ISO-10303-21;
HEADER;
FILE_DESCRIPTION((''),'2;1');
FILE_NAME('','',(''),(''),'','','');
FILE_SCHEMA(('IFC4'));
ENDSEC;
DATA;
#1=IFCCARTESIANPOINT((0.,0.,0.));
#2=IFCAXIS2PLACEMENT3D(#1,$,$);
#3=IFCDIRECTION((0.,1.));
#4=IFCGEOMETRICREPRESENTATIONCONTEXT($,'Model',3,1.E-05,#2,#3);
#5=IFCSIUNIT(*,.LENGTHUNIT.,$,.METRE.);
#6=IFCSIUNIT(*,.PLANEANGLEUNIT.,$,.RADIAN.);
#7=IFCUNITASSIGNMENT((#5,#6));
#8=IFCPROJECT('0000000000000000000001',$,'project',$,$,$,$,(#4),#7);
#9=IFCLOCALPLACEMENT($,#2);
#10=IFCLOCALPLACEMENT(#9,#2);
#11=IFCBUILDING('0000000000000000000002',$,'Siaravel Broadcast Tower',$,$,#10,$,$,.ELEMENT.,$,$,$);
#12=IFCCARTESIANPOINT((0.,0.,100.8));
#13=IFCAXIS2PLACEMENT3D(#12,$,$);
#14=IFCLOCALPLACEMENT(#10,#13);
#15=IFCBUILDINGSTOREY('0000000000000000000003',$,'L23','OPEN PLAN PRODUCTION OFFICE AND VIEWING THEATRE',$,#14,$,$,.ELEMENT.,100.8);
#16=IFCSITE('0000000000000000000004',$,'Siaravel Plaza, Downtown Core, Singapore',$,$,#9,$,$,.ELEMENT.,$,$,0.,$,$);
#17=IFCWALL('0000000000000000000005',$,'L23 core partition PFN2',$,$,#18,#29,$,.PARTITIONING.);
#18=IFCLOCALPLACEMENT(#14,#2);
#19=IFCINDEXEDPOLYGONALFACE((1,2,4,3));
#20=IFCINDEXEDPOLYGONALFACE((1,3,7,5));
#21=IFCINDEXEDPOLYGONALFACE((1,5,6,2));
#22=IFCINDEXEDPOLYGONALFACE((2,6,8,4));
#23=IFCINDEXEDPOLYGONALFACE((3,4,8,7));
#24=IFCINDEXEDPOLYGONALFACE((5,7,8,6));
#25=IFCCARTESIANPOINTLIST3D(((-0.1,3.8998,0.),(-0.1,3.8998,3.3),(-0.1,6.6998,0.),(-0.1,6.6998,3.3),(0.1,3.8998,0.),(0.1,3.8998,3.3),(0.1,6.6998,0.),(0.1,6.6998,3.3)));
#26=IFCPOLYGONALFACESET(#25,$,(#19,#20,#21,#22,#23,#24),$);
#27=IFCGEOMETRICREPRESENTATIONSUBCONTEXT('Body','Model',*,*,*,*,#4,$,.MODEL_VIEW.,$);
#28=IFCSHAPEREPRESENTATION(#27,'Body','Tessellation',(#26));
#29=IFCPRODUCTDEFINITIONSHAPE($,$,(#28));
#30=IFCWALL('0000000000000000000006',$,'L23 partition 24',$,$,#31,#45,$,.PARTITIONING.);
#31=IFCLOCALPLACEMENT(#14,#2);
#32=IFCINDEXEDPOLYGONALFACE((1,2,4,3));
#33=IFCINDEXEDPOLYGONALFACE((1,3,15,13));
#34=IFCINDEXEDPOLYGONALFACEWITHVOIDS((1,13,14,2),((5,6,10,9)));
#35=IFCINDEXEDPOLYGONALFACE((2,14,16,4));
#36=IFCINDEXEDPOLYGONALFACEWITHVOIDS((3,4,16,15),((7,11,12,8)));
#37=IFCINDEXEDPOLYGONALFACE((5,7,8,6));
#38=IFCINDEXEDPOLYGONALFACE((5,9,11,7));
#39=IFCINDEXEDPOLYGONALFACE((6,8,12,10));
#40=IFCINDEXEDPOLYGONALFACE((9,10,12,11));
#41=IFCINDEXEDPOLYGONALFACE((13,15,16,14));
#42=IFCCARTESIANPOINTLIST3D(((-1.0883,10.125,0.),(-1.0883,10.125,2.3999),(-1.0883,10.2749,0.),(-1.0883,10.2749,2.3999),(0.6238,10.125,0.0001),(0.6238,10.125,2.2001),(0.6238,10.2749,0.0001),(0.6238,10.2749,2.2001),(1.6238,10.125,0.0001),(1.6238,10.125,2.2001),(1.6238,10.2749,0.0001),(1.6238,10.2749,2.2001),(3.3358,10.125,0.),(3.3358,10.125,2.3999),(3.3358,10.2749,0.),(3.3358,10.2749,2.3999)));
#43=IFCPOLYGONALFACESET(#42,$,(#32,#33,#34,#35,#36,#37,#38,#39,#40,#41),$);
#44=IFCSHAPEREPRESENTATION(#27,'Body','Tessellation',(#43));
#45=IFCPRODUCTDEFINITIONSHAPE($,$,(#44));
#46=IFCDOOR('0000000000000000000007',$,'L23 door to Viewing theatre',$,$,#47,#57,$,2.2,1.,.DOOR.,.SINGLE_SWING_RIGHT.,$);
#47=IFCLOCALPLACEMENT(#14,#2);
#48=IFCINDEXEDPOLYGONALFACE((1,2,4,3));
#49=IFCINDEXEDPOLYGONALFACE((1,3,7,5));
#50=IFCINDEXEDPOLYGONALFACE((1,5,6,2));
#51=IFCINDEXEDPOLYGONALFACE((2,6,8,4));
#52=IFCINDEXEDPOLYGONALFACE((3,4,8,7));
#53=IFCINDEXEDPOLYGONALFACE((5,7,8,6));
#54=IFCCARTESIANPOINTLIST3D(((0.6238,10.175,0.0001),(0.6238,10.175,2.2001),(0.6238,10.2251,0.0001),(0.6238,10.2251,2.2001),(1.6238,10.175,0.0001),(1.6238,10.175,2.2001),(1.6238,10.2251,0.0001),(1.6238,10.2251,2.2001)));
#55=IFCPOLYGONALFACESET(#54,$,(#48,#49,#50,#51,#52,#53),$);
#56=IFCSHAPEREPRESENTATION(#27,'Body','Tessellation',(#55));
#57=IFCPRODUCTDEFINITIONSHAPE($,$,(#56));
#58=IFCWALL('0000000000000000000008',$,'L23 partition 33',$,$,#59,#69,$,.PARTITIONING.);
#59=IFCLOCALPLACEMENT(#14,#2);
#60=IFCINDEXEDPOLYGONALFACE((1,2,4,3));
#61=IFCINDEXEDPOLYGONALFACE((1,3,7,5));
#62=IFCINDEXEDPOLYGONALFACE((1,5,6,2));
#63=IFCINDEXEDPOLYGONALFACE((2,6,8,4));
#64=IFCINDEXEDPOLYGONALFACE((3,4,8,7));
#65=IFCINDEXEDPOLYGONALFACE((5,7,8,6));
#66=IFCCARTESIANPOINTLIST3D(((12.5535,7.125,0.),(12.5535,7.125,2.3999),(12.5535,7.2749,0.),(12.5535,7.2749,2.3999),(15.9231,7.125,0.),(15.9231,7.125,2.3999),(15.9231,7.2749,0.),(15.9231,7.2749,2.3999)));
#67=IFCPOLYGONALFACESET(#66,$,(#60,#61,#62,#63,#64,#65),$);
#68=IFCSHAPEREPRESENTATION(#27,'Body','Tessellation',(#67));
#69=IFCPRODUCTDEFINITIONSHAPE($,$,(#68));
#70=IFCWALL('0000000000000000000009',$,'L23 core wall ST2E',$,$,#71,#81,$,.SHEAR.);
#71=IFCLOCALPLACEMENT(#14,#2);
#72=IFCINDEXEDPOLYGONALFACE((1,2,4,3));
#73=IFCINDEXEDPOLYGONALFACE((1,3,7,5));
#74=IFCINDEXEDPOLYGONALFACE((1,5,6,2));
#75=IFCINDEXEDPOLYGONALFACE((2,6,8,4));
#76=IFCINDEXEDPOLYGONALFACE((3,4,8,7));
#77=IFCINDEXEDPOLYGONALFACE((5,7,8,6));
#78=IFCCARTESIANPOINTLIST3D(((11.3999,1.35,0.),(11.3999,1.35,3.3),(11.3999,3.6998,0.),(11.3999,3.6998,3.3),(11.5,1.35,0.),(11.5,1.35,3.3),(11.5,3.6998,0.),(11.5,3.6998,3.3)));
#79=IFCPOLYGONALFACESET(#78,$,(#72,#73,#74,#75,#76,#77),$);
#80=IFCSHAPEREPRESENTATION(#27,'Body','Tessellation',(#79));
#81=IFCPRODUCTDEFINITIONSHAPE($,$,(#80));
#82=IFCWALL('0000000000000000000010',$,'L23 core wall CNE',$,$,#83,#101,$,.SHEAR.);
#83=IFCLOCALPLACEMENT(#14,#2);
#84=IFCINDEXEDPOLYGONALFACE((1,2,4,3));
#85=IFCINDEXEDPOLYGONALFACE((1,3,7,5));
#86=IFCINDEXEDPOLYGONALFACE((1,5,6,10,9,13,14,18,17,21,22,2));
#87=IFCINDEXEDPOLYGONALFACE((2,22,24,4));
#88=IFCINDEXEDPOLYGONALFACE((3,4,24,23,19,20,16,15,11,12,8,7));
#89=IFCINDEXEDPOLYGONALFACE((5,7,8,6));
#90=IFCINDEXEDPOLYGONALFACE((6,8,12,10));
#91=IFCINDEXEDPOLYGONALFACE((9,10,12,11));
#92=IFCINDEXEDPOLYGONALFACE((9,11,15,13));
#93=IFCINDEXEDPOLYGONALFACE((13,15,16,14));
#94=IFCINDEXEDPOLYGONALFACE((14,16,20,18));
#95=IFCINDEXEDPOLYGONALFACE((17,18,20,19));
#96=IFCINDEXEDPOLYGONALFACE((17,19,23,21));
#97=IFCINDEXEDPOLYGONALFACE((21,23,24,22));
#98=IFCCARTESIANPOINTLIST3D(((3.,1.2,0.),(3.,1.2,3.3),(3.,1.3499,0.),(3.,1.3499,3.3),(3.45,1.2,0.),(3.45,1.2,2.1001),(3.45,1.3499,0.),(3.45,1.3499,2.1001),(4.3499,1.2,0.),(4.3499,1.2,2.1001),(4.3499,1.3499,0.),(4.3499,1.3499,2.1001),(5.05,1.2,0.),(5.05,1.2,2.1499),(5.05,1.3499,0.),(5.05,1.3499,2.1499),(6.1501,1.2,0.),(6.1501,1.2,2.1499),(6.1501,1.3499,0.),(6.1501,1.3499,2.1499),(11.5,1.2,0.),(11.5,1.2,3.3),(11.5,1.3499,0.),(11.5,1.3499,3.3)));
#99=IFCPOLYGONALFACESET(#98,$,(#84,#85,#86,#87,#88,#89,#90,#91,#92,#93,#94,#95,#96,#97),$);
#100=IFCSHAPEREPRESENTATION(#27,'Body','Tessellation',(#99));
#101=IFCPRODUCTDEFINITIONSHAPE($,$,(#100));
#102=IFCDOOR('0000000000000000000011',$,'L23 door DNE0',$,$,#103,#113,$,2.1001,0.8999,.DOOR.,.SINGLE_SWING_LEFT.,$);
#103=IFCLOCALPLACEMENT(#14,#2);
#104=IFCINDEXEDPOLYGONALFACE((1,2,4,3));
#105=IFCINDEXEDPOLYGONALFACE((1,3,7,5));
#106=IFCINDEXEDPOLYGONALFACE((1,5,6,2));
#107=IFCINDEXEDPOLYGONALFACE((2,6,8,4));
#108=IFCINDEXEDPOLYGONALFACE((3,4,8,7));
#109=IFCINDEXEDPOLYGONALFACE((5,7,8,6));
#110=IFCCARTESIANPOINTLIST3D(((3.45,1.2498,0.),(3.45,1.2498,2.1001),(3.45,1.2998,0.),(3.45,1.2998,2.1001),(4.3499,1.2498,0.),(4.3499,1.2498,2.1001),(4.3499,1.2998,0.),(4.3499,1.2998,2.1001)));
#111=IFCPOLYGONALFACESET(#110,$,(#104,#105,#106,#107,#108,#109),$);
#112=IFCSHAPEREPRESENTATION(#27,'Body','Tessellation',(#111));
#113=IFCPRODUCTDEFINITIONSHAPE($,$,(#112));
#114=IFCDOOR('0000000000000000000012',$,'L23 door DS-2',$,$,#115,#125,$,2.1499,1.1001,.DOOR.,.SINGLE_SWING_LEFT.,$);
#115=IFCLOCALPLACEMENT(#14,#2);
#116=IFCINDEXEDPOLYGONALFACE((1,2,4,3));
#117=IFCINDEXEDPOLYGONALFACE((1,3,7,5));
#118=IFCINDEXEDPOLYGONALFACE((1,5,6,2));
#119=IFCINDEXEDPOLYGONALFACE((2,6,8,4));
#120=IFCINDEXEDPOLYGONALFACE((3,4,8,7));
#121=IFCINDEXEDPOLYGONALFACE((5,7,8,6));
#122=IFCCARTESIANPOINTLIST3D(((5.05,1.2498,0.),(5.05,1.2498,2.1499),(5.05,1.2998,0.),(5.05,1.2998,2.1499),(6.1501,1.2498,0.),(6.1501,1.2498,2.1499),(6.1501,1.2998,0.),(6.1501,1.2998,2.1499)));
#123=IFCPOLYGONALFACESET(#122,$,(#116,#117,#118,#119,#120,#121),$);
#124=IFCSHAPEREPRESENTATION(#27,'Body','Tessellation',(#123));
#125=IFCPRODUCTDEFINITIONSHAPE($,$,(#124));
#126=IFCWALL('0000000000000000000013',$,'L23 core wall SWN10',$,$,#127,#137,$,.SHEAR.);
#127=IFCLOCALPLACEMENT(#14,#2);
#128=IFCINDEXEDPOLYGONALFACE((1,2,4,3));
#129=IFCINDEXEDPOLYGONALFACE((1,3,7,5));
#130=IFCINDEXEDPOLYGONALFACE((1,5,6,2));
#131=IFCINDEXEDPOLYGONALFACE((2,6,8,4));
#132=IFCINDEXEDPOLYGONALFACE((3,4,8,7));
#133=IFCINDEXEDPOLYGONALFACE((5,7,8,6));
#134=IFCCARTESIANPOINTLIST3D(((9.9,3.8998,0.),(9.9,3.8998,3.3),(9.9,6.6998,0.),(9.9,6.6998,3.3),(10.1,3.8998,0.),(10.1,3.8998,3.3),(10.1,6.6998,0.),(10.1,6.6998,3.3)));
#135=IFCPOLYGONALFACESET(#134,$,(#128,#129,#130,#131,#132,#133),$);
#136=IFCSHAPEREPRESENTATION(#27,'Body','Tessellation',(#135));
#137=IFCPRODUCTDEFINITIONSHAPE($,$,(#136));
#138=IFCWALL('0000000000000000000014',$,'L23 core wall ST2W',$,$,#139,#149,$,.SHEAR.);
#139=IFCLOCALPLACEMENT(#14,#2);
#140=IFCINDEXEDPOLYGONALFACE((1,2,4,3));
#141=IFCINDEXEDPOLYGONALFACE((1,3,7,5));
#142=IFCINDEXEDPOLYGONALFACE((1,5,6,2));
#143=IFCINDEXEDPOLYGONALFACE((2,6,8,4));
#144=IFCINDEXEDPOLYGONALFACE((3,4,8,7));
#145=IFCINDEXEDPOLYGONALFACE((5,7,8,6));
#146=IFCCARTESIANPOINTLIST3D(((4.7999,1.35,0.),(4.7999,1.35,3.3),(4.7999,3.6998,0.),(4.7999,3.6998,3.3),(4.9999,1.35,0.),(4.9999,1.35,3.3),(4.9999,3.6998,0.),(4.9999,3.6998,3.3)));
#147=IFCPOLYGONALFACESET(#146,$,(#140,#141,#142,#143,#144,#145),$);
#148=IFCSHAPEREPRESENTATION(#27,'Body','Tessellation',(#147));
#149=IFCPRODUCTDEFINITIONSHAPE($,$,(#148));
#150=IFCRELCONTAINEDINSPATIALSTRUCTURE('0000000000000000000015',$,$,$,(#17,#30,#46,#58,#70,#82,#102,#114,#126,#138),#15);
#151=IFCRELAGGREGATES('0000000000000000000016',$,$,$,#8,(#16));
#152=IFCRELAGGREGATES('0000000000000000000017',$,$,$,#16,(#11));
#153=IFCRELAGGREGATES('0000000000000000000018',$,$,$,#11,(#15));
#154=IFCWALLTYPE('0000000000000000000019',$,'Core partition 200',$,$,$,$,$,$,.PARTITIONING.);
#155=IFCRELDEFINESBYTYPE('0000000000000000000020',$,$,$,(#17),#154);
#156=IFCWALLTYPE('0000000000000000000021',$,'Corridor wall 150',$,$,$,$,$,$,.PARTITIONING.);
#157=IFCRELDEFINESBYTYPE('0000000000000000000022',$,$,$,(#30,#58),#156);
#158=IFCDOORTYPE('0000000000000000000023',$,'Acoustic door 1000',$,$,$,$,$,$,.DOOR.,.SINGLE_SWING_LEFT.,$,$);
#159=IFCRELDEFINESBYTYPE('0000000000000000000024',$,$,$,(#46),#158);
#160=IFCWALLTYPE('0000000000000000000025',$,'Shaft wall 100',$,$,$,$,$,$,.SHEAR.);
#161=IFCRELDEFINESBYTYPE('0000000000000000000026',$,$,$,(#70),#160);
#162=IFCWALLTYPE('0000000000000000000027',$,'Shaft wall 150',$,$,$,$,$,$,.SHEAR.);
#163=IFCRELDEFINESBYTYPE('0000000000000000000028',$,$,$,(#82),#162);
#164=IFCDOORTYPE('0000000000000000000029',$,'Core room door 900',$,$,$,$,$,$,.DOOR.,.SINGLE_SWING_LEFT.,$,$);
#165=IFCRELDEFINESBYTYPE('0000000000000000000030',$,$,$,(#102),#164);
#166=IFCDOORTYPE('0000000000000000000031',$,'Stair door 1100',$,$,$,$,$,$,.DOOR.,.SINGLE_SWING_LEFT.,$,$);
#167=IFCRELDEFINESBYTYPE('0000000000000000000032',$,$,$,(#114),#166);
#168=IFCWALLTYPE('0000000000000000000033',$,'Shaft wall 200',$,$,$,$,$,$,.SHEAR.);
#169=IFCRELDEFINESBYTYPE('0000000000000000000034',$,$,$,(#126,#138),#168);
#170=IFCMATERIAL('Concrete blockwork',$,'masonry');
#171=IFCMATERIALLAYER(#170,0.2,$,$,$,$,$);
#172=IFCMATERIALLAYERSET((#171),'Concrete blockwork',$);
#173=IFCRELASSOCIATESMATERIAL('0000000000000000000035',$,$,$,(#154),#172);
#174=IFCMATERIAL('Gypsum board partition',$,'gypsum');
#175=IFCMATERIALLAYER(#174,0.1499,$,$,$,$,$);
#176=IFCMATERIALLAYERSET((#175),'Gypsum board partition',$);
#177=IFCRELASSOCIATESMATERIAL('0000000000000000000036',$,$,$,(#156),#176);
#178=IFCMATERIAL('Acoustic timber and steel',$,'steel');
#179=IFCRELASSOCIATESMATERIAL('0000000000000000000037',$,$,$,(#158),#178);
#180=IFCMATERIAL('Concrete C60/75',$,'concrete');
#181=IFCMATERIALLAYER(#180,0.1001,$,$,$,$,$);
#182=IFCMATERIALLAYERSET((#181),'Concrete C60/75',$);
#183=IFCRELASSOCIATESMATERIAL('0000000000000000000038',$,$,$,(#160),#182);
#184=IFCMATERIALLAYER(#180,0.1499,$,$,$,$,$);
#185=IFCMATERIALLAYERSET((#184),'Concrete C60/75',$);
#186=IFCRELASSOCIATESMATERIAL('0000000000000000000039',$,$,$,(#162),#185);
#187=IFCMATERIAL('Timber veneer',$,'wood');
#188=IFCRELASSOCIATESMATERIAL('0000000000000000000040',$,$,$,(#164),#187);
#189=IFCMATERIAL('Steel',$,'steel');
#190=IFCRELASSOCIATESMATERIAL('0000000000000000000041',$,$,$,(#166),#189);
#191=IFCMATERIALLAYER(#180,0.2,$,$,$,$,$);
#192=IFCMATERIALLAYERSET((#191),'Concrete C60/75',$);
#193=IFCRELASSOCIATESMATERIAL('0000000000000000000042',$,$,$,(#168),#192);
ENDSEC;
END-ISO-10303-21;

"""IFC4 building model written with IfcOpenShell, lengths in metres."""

from ifc_helpers import new_model, si_unit, direction, frame, frame_2d, origin, place, context, subcontext, project, spatial, rectangle, extrude, material, layer, layer_set, type_object, element, fill, save


model = new_model("IFC4")

# Units and contexts
model_context = context("Model", 3, precision=1e-05, world=origin(), true_north=direction((0.0, 1.0)))
body_context = subcontext(model_context, "Body", "Model", "MODEL_VIEW")
ifc_project = project(units=[si_unit("LENGTHUNIT", "METRE"), si_unit("PLANEANGLEUNIT", "RADIAN")], contexts=[model_context])

# Site, building, storey
site_placement = place(None, origin())
site = spatial("IfcSite", under=ifc_project, at=site_placement, Name="Siaravel Plaza, Downtown Core, Singapore", CompositionType="ELEMENT", RefElevation=0.0)
building_placement = place(site_placement, origin())
building = spatial("IfcBuilding", under=site, at=building_placement, Name="Siaravel Broadcast Tower", CompositionType="ELEMENT")
storey_placement = place(building_placement, frame((0.0, 0.0, 100.8)))
storey = spatial("IfcBuildingStorey", under=building, at=storey_placement, Name="L23", Description="OPEN PLAN PRODUCTION OFFICE AND VIEWING THEATRE", CompositionType="ELEMENT", Elevation=100.8)

# Shared definitions
ifc_material_1 = material(Name="Concrete C60/75", Category="concrete")

# Wall
ifc_material_2 = material(Name="Concrete blockwork", Category="masonry")
ifc_layer_1 = layer(ifc_material_2, 0.2)
ifc_layer_set_1 = layer_set([ifc_layer_1], Name="Concrete blockwork")
wall_type_1 = type_object("IfcWallType", Name="Core partition 200", PredefinedType="PARTITIONING", material=ifc_layer_set_1)
wall_1_placement = place(storey_placement, frame((0.0, 3.8999, 0.0), z_axis=(0.0, 0.0, 1.0), x_axis=(0.0, 1.0, 0.0)))
element("IfcWall", 1, at=wall_1_placement, inside=storey, type_object=wall_type_1, Name="L23 core partition PFN2", PredefinedType="PARTITIONING", context=body_context, shape_type="SweptSolid", body=[
    extrude(rectangle(XDim=2.8, YDim=0.2, at=frame_2d((1.3999, 0.0))), origin(), (0.0, 0.0, 1.0), 3.3),
])

# Wall, opening, door
ifc_material_3 = material(Name="Gypsum board partition", Category="gypsum")
ifc_layer_2 = layer(ifc_material_3, 0.1499)
ifc_layer_set_2 = layer_set([ifc_layer_2], Name="Gypsum board partition")
wall_type_2 = type_object("IfcWallType", Name="Corridor wall 150", PredefinedType="PARTITIONING", material=ifc_layer_set_2)
wall_2_placement = place(storey_placement, frame((3.3357, 10.2, 0.0), z_axis=(0.0, 0.0, 1.0), x_axis=(-1.0, 0.0, 0.0)))
wall_2 = element("IfcWall", 2, at=wall_2_placement, inside=storey, type_object=wall_type_2, Name="L23 partition 24", PredefinedType="PARTITIONING", context=body_context, shape_type="SweptSolid", body=[
    extrude(rectangle(XDim=4.4241, YDim=0.1499, at=frame_2d((2.2119, 0.0))), origin(), (0.0, 0.0, 1.0), 2.3999),
])
opening_1_placement = place(wall_2_placement, frame((1.7119, 0.0, 0.0)))
opening_1 = element("IfcOpeningElement", 3, at=opening_1_placement, cuts=wall_2, PredefinedType="OPENING", context=body_context, shape_type="SweptSolid", body=[
    extrude(rectangle(XDim=1.0, YDim=2.2, at=frame_2d((0.5, 1.1001))), frame((0.0, 0.085, 0.0), z_axis=(0.0, -1.0, 0.0), x_axis=(1.0, 0.0, 0.0)), (0.0, 0.0, 1.0), 0.1699),
])
ifc_material_4 = material(Name="Acoustic timber and steel", Category="steel")
door_type_1 = type_object("IfcDoorType", Name="Acoustic door 1000", OperationType="SINGLE_SWING_LEFT", PredefinedType="DOOR", material=ifc_material_4)
door_1_placement = place(opening_1_placement, origin())
door_1 = element("IfcDoor", 4, at=door_1_placement, inside=storey, type_object=door_type_1, Name="L23 door to Viewing theatre", OperationType="SINGLE_SWING_RIGHT", OverallHeight=2.2, OverallWidth=1.0, PredefinedType="DOOR", context=body_context, shape_type="SweptSolid", body=[
    extrude(rectangle(XDim=1.0, YDim=2.2, at=frame_2d((0.5, 1.1001))), frame((0.0, 0.0249, 0.0), z_axis=(0.0, -1.0, 0.0), x_axis=(1.0, 0.0, 0.0)), (0.0, 0.0, 1.0), 0.05),
])
fill(opening_1, door_1)

# Walls
wall_3_placement = place(storey_placement, frame((12.5535, 7.2, 0.0), z_axis=(0.0, 0.0, 1.0), x_axis=(1.0, 0.0, 0.0)))
element("IfcWall", 5, at=wall_3_placement, inside=storey, type_object=wall_type_2, Name="L23 partition 33", PredefinedType="PARTITIONING", context=body_context, shape_type="SweptSolid", body=[
    extrude(rectangle(XDim=3.3696, YDim=0.1499, at=frame_2d((1.6848, 0.0))), origin(), (0.0, 0.0, 1.0), 2.3999),
])
ifc_layer_3 = layer(ifc_material_1, 0.1001)
ifc_layer_set_3 = layer_set([ifc_layer_3], Name="Concrete C60/75")
wall_type_3 = type_object("IfcWallType", Name="Shaft wall 100", PredefinedType="SHEAR", material=ifc_layer_set_3)
wall_4_placement = place(storey_placement, frame((11.45, 1.3501, 0.0), z_axis=(0.0, 0.0, 1.0), x_axis=(0.0, 1.0, 0.0)))
element("IfcWall", 6, at=wall_4_placement, inside=storey, type_object=wall_type_3, Name="L23 core wall ST2E", PredefinedType="SHEAR", context=body_context, shape_type="SweptSolid", body=[
    extrude(rectangle(XDim=2.3499, YDim=0.1001, at=frame_2d((1.1748, 0.0))), origin(), (0.0, 0.0, 1.0), 3.3),
])

# Wall, openings, doors
ifc_layer_4 = layer(ifc_material_1, 0.1499)
ifc_layer_set_4 = layer_set([ifc_layer_4], Name="Concrete C60/75")
wall_type_4 = type_object("IfcWallType", Name="Shaft wall 150", PredefinedType="SHEAR", material=ifc_layer_set_4)
wall_5_placement = place(storey_placement, frame((3.0, 1.2749, 0.0), z_axis=(0.0, 0.0, 1.0), x_axis=(1.0, 0.0, 0.0)))
wall_5 = element("IfcWall", 7, at=wall_5_placement, inside=storey, type_object=wall_type_4, Name="L23 core wall CNE", PredefinedType="SHEAR", context=body_context, shape_type="SweptSolid", body=[
    extrude(rectangle(XDim=8.5, YDim=0.1499, at=frame_2d((4.25, 0.0))), origin(), (0.0, 0.0, 1.0), 3.3),
])
opening_2_placement = place(wall_5_placement, frame((2.05, 0.0, 0.0)))
opening_2 = element("IfcOpeningElement", 8, at=opening_2_placement, cuts=wall_5, PredefinedType="OPENING", context=body_context, shape_type="SweptSolid", body=[
    extrude(rectangle(XDim=1.1001, YDim=2.1499, at=frame_2d((0.55, 1.075))), frame((0.0, 0.085, 0.0), z_axis=(0.0, -1.0, 0.0), x_axis=(1.0, 0.0, 0.0)), (0.0, 0.0, 1.0), 0.1699),
])
opening_3_placement = place(wall_5_placement, frame((0.45, 0.0, 0.0)))
opening_3 = element("IfcOpeningElement", 9, at=opening_3_placement, cuts=wall_5, PredefinedType="OPENING", context=body_context, shape_type="SweptSolid", body=[
    extrude(rectangle(XDim=0.8999, YDim=2.1001, at=frame_2d((0.45, 1.05))), frame((0.0, 0.085, 0.0), z_axis=(0.0, -1.0, 0.0), x_axis=(1.0, 0.0, 0.0)), (0.0, 0.0, 1.0), 0.1699),
])
ifc_material_5 = material(Name="Timber veneer", Category="wood")
door_type_2 = type_object("IfcDoorType", Name="Core room door 900", OperationType="SINGLE_SWING_LEFT", PredefinedType="DOOR", material=ifc_material_5)
door_2_placement = place(opening_3_placement, origin())
door_2 = element("IfcDoor", 10, at=door_2_placement, inside=storey, type_object=door_type_2, Name="L23 door DNE0", OperationType="SINGLE_SWING_LEFT", OverallHeight=2.1001, OverallWidth=0.8999, PredefinedType="DOOR", context=body_context, shape_type="SweptSolid", body=[
    extrude(rectangle(XDim=0.8999, YDim=2.1001, at=frame_2d((0.45, 1.05))), frame((0.0, 0.0249, 0.0), z_axis=(0.0, -1.0, 0.0), x_axis=(1.0, 0.0, 0.0)), (0.0, 0.0, 1.0), 0.05),
])
fill(opening_3, door_2)
ifc_material_6 = material(Name="Steel", Category="steel")
door_type_3 = type_object("IfcDoorType", Name="Stair door 1100", OperationType="SINGLE_SWING_LEFT", PredefinedType="DOOR", material=ifc_material_6)
door_3_placement = place(opening_2_placement, origin())
door_3 = element("IfcDoor", 11, at=door_3_placement, inside=storey, type_object=door_type_3, Name="L23 door DS-2", OperationType="SINGLE_SWING_LEFT", OverallHeight=2.1499, OverallWidth=1.1001, PredefinedType="DOOR", context=body_context, shape_type="SweptSolid", body=[
    extrude(rectangle(XDim=1.1001, YDim=2.1499, at=frame_2d((0.55, 1.075))), frame((0.0, 0.0249, 0.0), z_axis=(0.0, -1.0, 0.0), x_axis=(1.0, 0.0, 0.0)), (0.0, 0.0, 1.0), 0.05),
])
fill(opening_2, door_3)

# Walls
ifc_layer_5 = layer(ifc_material_1, 0.2)
ifc_layer_set_5 = layer_set([ifc_layer_5], Name="Concrete C60/75")
wall_type_5 = type_object("IfcWallType", Name="Shaft wall 200", PredefinedType="SHEAR", material=ifc_layer_set_5)
wall_6_placement = place(storey_placement, frame((10.0, 3.8999, 0.0), z_axis=(0.0, 0.0, 1.0), x_axis=(0.0, 1.0, 0.0)))
element("IfcWall", 12, at=wall_6_placement, inside=storey, type_object=wall_type_5, Name="L23 core wall SWN10", PredefinedType="SHEAR", context=body_context, shape_type="SweptSolid", body=[
    extrude(rectangle(XDim=2.8, YDim=0.2, at=frame_2d((1.3999, 0.0))), origin(), (0.0, 0.0, 1.0), 3.3),
])
wall_7_placement = place(storey_placement, frame((4.8999, 1.3501, 0.0), z_axis=(0.0, 0.0, 1.0), x_axis=(0.0, 1.0, 0.0)))
element("IfcWall", 13, at=wall_7_placement, inside=storey, type_object=wall_type_5, Name="L23 core wall ST2W", PredefinedType="SHEAR", context=body_context, shape_type="SweptSolid", body=[
    extrude(rectangle(XDim=2.3499, YDim=0.2, at=frame_2d((1.1748, 0.0))), origin(), (0.0, 0.0, 1.0), 3.3),
])

save(model, "model.ifc")
